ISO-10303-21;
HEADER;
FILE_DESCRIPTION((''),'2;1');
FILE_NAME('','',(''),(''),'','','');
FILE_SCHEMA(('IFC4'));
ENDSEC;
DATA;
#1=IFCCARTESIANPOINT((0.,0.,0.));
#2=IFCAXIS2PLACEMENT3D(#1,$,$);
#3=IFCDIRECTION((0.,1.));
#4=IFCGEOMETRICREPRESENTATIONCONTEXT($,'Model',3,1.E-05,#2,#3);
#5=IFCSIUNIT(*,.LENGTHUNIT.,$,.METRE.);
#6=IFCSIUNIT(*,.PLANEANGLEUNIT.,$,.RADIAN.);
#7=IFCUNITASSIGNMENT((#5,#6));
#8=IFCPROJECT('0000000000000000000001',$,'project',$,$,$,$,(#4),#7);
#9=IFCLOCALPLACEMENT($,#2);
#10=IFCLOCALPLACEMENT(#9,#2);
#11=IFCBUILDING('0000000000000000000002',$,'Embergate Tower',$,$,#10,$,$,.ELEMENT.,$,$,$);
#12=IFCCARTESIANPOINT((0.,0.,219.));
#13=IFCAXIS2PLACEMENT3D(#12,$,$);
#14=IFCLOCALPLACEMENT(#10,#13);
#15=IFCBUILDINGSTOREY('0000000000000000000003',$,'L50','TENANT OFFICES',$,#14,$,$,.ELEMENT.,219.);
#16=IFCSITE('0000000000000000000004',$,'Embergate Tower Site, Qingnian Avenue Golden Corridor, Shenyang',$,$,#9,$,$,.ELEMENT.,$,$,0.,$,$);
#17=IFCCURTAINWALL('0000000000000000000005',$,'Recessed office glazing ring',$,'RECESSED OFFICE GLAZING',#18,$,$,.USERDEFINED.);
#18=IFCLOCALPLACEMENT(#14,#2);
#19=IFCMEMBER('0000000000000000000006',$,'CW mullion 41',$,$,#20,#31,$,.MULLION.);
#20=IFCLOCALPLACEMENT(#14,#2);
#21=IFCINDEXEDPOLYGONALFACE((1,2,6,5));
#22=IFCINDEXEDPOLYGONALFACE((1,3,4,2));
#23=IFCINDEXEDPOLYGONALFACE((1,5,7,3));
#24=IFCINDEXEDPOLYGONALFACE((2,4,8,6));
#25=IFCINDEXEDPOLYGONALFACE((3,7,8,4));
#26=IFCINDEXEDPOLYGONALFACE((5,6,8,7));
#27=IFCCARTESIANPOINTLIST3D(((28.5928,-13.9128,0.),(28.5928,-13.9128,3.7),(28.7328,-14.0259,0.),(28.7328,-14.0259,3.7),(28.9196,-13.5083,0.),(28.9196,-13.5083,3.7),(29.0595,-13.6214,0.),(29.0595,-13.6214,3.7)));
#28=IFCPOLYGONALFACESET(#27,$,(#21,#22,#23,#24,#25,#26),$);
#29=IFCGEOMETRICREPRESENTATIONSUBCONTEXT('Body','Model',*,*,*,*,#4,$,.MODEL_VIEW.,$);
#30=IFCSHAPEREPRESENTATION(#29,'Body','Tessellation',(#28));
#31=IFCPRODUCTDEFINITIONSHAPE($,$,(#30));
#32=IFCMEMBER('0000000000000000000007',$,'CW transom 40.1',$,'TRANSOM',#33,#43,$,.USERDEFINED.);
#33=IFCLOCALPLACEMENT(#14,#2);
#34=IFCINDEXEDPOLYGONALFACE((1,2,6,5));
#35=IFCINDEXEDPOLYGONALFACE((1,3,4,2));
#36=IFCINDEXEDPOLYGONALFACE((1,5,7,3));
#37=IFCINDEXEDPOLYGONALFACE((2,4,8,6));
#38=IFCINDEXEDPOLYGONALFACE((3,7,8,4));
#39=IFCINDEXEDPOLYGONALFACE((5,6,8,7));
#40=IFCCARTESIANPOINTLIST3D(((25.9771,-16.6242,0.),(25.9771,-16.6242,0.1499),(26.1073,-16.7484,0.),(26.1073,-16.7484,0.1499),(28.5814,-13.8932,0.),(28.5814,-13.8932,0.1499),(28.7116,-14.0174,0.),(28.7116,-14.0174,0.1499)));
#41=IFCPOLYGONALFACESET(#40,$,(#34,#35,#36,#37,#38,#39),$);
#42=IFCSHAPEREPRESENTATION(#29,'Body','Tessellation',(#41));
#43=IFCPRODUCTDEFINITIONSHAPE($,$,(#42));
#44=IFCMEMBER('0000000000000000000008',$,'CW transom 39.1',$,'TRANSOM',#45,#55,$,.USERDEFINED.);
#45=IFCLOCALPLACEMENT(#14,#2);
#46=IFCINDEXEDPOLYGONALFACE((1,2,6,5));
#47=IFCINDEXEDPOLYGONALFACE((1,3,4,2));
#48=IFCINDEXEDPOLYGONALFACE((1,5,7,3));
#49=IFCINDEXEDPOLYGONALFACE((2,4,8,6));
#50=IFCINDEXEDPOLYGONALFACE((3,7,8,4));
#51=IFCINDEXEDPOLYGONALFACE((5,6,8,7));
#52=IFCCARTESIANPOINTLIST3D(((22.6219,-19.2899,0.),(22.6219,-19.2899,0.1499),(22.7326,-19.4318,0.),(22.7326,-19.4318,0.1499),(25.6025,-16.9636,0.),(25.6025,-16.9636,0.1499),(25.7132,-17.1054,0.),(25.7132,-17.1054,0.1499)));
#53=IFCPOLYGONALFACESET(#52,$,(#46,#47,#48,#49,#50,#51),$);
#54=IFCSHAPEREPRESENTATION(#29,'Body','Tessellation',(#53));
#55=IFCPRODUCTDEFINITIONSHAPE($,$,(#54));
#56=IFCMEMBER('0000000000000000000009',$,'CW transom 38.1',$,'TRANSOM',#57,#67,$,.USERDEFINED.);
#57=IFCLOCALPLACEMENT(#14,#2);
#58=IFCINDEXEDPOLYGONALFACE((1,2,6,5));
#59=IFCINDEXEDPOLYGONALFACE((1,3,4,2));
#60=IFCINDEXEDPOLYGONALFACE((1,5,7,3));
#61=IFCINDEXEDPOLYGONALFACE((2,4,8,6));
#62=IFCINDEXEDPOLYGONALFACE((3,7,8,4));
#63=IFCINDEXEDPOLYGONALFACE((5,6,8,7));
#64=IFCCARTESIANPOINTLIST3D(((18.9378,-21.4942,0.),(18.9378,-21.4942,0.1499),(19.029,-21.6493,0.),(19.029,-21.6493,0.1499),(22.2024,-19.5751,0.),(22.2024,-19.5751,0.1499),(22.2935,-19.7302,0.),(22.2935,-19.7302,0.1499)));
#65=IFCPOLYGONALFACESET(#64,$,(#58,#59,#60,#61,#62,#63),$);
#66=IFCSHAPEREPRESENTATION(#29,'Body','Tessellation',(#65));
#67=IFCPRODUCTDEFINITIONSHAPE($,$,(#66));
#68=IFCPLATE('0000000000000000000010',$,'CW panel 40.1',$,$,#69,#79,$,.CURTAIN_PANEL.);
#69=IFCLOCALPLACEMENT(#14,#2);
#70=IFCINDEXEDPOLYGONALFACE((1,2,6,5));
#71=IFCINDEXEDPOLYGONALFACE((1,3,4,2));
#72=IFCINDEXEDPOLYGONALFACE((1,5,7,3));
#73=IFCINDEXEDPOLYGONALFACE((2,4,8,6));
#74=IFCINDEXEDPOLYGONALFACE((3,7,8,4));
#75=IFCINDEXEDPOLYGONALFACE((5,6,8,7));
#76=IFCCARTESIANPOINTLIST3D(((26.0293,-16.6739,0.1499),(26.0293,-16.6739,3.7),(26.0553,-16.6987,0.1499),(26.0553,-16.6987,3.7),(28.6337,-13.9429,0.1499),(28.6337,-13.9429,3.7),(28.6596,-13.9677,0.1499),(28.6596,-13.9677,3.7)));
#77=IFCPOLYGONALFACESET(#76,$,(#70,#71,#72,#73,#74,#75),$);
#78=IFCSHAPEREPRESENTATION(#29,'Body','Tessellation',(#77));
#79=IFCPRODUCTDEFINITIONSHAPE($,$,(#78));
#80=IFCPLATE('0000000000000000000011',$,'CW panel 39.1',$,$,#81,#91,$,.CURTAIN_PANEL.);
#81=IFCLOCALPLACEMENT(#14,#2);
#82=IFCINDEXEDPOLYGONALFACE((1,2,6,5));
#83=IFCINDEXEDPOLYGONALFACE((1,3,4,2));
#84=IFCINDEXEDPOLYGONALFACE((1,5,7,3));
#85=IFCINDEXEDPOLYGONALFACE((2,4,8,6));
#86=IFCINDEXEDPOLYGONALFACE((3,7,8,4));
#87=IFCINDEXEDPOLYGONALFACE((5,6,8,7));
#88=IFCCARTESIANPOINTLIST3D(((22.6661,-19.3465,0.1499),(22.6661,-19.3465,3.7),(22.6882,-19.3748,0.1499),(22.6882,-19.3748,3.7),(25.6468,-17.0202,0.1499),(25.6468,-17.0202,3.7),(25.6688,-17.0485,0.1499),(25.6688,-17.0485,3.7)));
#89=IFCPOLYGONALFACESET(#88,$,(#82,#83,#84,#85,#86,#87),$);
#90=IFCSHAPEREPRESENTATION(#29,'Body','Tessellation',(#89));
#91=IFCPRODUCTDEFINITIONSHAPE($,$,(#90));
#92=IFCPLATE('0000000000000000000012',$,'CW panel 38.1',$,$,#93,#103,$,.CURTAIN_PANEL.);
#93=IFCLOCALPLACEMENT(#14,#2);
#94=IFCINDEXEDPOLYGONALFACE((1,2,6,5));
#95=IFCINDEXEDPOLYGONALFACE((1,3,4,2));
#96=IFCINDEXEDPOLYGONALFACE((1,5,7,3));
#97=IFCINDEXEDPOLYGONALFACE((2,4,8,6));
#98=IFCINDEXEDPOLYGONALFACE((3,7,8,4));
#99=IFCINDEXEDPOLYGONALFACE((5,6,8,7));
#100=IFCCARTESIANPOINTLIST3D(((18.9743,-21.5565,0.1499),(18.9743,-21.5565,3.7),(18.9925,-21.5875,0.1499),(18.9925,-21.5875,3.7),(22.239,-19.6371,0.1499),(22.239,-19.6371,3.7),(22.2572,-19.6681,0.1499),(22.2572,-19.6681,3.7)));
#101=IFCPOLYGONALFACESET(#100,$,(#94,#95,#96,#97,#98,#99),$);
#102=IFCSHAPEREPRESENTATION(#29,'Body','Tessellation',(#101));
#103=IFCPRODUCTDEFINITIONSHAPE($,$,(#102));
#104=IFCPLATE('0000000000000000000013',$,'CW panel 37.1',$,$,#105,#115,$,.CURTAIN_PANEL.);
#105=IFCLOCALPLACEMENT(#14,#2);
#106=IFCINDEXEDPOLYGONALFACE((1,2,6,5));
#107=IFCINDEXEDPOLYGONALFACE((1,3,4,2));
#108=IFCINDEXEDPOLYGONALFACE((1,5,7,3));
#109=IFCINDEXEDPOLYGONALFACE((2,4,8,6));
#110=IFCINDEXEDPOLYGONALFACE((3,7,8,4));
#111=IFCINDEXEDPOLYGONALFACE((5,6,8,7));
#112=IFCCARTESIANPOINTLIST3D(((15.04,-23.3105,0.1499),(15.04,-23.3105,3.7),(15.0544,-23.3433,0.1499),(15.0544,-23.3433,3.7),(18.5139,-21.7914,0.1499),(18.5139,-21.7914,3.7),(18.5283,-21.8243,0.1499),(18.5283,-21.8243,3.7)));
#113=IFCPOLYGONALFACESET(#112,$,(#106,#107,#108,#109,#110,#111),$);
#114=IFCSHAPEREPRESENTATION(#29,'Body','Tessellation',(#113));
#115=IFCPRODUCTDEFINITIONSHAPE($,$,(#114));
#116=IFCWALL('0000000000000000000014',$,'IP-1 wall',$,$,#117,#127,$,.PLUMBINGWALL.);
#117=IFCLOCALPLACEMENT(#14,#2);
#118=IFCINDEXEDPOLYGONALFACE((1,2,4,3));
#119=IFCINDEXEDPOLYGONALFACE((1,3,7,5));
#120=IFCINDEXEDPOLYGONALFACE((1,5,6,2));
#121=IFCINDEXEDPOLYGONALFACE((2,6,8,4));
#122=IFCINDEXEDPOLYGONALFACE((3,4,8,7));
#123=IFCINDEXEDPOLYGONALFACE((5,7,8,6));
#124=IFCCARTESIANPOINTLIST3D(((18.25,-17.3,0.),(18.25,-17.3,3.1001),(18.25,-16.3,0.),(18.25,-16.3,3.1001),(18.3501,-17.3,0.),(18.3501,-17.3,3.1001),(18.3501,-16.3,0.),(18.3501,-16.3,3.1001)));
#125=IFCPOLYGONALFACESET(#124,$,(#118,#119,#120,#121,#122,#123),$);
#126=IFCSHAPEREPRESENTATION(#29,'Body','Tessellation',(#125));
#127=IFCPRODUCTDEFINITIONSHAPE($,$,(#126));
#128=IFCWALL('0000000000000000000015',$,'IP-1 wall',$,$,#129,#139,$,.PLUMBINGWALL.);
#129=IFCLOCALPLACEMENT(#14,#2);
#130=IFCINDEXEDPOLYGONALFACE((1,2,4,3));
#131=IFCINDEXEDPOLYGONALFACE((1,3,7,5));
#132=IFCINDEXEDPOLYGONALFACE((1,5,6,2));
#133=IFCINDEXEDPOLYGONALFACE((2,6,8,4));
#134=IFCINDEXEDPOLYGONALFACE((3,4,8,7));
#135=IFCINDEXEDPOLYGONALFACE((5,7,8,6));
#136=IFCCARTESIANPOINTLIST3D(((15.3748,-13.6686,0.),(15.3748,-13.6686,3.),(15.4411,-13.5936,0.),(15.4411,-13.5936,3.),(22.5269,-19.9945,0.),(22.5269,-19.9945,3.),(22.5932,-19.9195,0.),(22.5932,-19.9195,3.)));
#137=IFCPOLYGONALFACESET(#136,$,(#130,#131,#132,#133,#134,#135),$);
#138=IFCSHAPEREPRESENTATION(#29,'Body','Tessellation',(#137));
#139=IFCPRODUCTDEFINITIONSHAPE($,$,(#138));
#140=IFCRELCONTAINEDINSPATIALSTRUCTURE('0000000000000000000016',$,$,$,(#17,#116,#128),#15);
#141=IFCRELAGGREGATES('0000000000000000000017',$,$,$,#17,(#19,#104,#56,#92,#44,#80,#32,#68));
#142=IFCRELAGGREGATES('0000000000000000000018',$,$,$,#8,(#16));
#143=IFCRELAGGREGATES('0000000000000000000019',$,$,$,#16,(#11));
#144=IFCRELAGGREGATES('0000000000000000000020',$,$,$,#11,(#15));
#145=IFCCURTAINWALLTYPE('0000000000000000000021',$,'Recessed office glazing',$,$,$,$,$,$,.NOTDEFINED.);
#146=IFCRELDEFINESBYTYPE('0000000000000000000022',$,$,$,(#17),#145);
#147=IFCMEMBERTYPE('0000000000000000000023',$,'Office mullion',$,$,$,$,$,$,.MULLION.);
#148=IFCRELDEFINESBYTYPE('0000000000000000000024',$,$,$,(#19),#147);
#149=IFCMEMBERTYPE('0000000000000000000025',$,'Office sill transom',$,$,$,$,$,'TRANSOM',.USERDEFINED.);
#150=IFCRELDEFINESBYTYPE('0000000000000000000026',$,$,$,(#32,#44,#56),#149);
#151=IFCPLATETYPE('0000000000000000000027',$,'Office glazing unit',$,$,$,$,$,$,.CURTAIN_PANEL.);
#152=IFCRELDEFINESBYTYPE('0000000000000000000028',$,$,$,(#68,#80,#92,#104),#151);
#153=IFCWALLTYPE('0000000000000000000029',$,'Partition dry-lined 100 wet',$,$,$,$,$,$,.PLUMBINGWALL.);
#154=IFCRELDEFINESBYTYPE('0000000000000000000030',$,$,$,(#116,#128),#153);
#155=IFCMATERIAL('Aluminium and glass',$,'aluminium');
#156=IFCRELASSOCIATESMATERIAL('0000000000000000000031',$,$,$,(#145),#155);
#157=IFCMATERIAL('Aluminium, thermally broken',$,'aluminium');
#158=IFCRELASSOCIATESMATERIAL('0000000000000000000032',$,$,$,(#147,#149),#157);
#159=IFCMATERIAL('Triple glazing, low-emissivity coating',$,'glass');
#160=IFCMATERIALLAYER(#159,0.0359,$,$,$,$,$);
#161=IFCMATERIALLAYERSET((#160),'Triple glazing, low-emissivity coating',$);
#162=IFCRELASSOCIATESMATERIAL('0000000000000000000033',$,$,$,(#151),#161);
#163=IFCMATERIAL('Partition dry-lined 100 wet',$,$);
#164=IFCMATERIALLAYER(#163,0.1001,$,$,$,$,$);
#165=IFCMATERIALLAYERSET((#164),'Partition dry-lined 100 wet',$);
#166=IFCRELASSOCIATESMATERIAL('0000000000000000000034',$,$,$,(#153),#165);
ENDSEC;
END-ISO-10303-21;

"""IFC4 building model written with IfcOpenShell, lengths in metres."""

from ifc_helpers import new_model, si_unit, direction, frame, frame_2d, origin, origin_2d, place, context, subcontext, project, spatial, rectangle, extrude, source, transform, mapped, material, layer, layer_set, material_profile, profile_set, type_object, element, aggregate, save


model = new_model("IFC4")

# Units and contexts
model_context = context("Model", 3, precision=1e-05, world=origin(), true_north=direction((0.0, 1.0)))
body_context = subcontext(model_context, "Body", "Model", "MODEL_VIEW")
ifc_project = project(units=[si_unit("LENGTHUNIT", "METRE"), si_unit("PLANEANGLEUNIT", "RADIAN")], contexts=[model_context])

# Site, building, storey
site_placement = place(None, origin())
site = spatial("IfcSite", under=ifc_project, at=site_placement, Name="Embergate Tower Site, Qingnian Avenue Golden Corridor, Shenyang", CompositionType="ELEMENT", RefElevation=0.0)
building_placement = place(site_placement, origin())
building = spatial("IfcBuilding", under=site, at=building_placement, Name="Embergate Tower", CompositionType="ELEMENT")
storey_placement = place(building_placement, frame((0.0, 0.0, 219.0)))
storey = spatial("IfcBuildingStorey", under=building, at=storey_placement, Name="L50", Description="TENANT OFFICES", CompositionType="ELEMENT", Elevation=219.0)

# Curtain wall, members, plates
ifc_material_1 = material(Name="Aluminium and glass", Category="aluminium")
curtain_wall_type = type_object("IfcCurtainWallType", Name="Recessed office glazing", PredefinedType="NOTDEFINED", material=ifc_material_1)
curtain_wall_placement = place(storey_placement, origin())
curtain_wall = element("IfcCurtainWall", 1, at=curtain_wall_placement, inside=storey, type_object=curtain_wall_type, Name="Recessed office glazing ring", ObjectType="RECESSED OFFICE GLAZING", PredefinedType="USERDEFINED")
ifc_material_2 = material(Name="Aluminium, thermally broken", Category="aluminium")
ifc_material_profile_1 = material_profile(ifc_material_2, rectangle(XDim=0.1799, YDim=0.52, at=origin_2d()), Name="AL 520x180")
ifc_profile_set_1 = profile_set([ifc_material_profile_1], Name="Aluminium, thermally broken")
member_type_1 = type_object("IfcMemberType", Name="Office mullion", PredefinedType="MULLION", material=ifc_profile_set_1)
shared_shape_1 = source(origin(), body_context, "Body", "SweptSolid", [
    extrude(rectangle(XDim=0.1799, YDim=0.52, at=origin_2d()), origin(), (0.0, 0.0, 1.0), 3.7),
])
member_1_placement = place(storey_placement, frame((28.8262, -13.7671, 0.0), z_axis=(0.0, 0.0, 1.0), x_axis=(-0.777873, 0.628422, 0.0)))
member_1 = element("IfcMember", 2, at=member_1_placement, type_object=member_type_1, Name="CW mullion 41", PredefinedType="MULLION", context=body_context, shape_type="MappedRepresentation", body=[
    mapped(shared_shape_1, transform((0.0, 0.0, 0.0))),
])
ifc_material_profile_2 = material_profile(ifc_material_2, rectangle(XDim=0.1799, YDim=0.1499, at=origin_2d()), Name="AL 150x180")
ifc_profile_set_2 = profile_set([ifc_material_profile_2], Name="Aluminium, thermally broken")
member_type_2 = type_object("IfcMemberType", Name="Office sill transom", ElementType="TRANSOM", PredefinedType="USERDEFINED", material=ifc_profile_set_2)
shared_shape_2 = source(origin(), body_context, "Body", "SweptSolid", [
    extrude(rectangle(XDim=0.1799, YDim=0.1499, at=origin_2d()), origin(), (0.0, 0.0, 1.0), 3.7737),
])
member_2_placement = place(storey_placement, frame((26.0422, -16.6863, 0.075), z_axis=(0.690119, 0.723696, 0.0), x_axis=(-0.723696, 0.690119, 0.0)))
member_2 = element("IfcMember", 3, at=member_2_placement, type_object=member_type_2, Name="CW transom 40.1", ObjectType="TRANSOM", PredefinedType="USERDEFINED", context=body_context, shape_type="MappedRepresentation", body=[
    mapped(shared_shape_2, transform((0.0, 0.0, 0.0))),
])
shared_shape_3 = source(origin(), body_context, "Body", "SweptSolid", [
    extrude(rectangle(XDim=0.1799, YDim=0.1499, at=origin_2d()), origin(), (0.0, 0.0, 1.0), 3.781),
])
member_3_placement = place(storey_placement, frame((22.6772, -19.3608, 0.075), z_axis=(0.788315, 0.615272, 0.0), x_axis=(-0.615272, 0.788315, 0.0)))
member_3 = element("IfcMember", 4, at=member_3_placement, type_object=member_type_2, Name="CW transom 39.1", ObjectType="TRANSOM", PredefinedType="USERDEFINED", context=body_context, shape_type="MappedRepresentation", body=[
    mapped(shared_shape_3, transform((0.0, 0.0, 0.0))),
])
shared_shape_4 = source(origin(), body_context, "Body", "SweptSolid", [
    extrude(rectangle(XDim=0.1799, YDim=0.1499, at=origin_2d()), origin(), (0.0, 0.0, 1.0), 3.7869),
])
member_4_placement = place(storey_placement, frame((18.9834, -21.5718, 0.075), z_axis=(0.862072, 0.506786, 0.0), x_axis=(-0.506786, 0.862072, 0.0)))
member_4 = element("IfcMember", 5, at=member_4_placement, type_object=member_type_2, Name="CW transom 38.1", ObjectType="TRANSOM", PredefinedType="USERDEFINED", context=body_context, shape_type="MappedRepresentation", body=[
    mapped(shared_shape_4, transform((0.0, 0.0, 0.0))),
])
ifc_material_3 = material(Name="Triple glazing, low-emissivity coating", Category="glass")
ifc_layer_1 = layer(ifc_material_3, 0.0359)
ifc_layer_set_1 = layer_set([ifc_layer_1], Name="Triple glazing, low-emissivity coating")
plate_type = type_object("IfcPlateType", Name="Office glazing unit", PredefinedType="CURTAIN_PANEL", material=ifc_layer_set_1)
shared_shape_5 = source(origin(), body_context, "Body", "SweptSolid", [
    extrude(rectangle(XDim=3.7737, YDim=0.0359, at=origin_2d()), origin(), (0.0, 0.0, 1.0), 3.55),
])
plate_1_placement = place(storey_placement, frame((27.3445, -15.3208, 0.1499), z_axis=(0.0, 0.0, 1.0), x_axis=(0.69013, 0.723685, 0.0)))
plate_1 = element("IfcPlate", 6, at=plate_1_placement, type_object=plate_type, Name="CW panel 40.1", PredefinedType="CURTAIN_PANEL", context=body_context, shape_type="MappedRepresentation", body=[
    mapped(shared_shape_5, transform((0.0, 0.0, 0.0))),
])
shared_shape_6 = source(origin(), body_context, "Body", "SweptSolid", [
    extrude(rectangle(XDim=3.781, YDim=0.0359, at=origin_2d()), origin(), (0.0, 0.0, 1.0), 3.55),
])
plate_2_placement = place(storey_placement, frame((24.1675, -18.1975, 0.1499), z_axis=(0.0, 0.0, 1.0), x_axis=(0.788317, 0.615269, 0.0)))
plate_2 = element("IfcPlate", 7, at=plate_2_placement, type_object=plate_type, Name="CW panel 39.1", PredefinedType="CURTAIN_PANEL", context=body_context, shape_type="MappedRepresentation", body=[
    mapped(shared_shape_6, transform((0.0, 0.0, 0.0))),
])
shared_shape_7 = source(origin(), body_context, "Body", "SweptSolid", [
    extrude(rectangle(XDim=3.7871, YDim=0.0359, at=origin_2d()), origin(), (0.0, 0.0, 1.0), 3.55),
])
plate_3_placement = place(storey_placement, frame((20.6157, -20.6123, 0.1499), z_axis=(0.0, 0.0, 1.0), x_axis=(0.862051, 0.506822, 0.0)))
plate_3 = element("IfcPlate", 8, at=plate_3_placement, type_object=plate_type, Name="CW panel 38.1", PredefinedType="CURTAIN_PANEL", context=body_context, shape_type="MappedRepresentation", body=[
    mapped(shared_shape_7, transform((0.0, 0.0, 0.0))),
])
shared_shape_8 = source(origin(), body_context, "Body", "SweptSolid", [
    extrude(rectangle(XDim=3.7915, YDim=0.0359, at=origin_2d()), origin(), (0.0, 0.0, 1.0), 3.55),
])
plate_4_placement = place(storey_placement, frame((16.7842, -22.5674, 0.1499), z_axis=(0.0, 0.0, 1.0), x_axis=(0.916234, 0.400643, 0.0)))
plate_4 = element("IfcPlate", 9, at=plate_4_placement, type_object=plate_type, Name="CW panel 37.1", PredefinedType="CURTAIN_PANEL", context=body_context, shape_type="MappedRepresentation", body=[
    mapped(shared_shape_8, transform((0.0, 0.0, 0.0))),
])
aggregate(curtain_wall, [member_1, plate_4, member_4, plate_3, member_3, plate_2, member_2, plate_1])

# Walls
ifc_material_4 = material(Name="Partition dry-lined 100 wet")
ifc_layer_2 = layer(ifc_material_4, 0.1001)
ifc_layer_set_2 = layer_set([ifc_layer_2], Name="Partition dry-lined 100 wet")
wall_type = type_object("IfcWallType", Name="Partition dry-lined 100 wet", PredefinedType="PLUMBINGWALL", material=ifc_layer_set_2)
shared_shape_9 = source(origin(), body_context, "Body", "SweptSolid", [
    extrude(rectangle(XDim=1.0, YDim=0.1001, at=frame_2d((0.5, 0.0))), origin(), (0.0, 0.0, 1.0), 3.1001),
])
wall_1_placement = place(storey_placement, frame((18.3, -17.3, 0.0), z_axis=(0.0, 0.0, 1.0), x_axis=(0.0, 1.0, 0.0)))
element("IfcWall", 10, at=wall_1_placement, inside=storey, type_object=wall_type, Name="IP-1 wall", PredefinedType="PLUMBINGWALL", context=body_context, shape_type="MappedRepresentation", body=[
    mapped(shared_shape_9, transform((0.0, 0.0, 0.0))),
])
shared_shape_10 = source(origin(), body_context, "Body", "SweptSolid", [
    extrude(rectangle(XDim=9.5483, YDim=0.1001, at=frame_2d((4.7742, 0.0))), origin(), (0.0, 0.0, 1.0), 3.0),
])
wall_2_placement = place(storey_placement, frame((22.5601, -19.957, 0.0), z_axis=(0.0, 0.0, 1.0), x_axis=(-0.749045, 0.662519, 0.0)))
element("IfcWall", 11, at=wall_2_placement, inside=storey, type_object=wall_type, Name="IP-1 wall", PredefinedType="PLUMBINGWALL", context=body_context, shape_type="MappedRepresentation", body=[
    mapped(shared_shape_10, transform((0.0, 0.0, 0.0))),
])

save(model, "model.ifc")
